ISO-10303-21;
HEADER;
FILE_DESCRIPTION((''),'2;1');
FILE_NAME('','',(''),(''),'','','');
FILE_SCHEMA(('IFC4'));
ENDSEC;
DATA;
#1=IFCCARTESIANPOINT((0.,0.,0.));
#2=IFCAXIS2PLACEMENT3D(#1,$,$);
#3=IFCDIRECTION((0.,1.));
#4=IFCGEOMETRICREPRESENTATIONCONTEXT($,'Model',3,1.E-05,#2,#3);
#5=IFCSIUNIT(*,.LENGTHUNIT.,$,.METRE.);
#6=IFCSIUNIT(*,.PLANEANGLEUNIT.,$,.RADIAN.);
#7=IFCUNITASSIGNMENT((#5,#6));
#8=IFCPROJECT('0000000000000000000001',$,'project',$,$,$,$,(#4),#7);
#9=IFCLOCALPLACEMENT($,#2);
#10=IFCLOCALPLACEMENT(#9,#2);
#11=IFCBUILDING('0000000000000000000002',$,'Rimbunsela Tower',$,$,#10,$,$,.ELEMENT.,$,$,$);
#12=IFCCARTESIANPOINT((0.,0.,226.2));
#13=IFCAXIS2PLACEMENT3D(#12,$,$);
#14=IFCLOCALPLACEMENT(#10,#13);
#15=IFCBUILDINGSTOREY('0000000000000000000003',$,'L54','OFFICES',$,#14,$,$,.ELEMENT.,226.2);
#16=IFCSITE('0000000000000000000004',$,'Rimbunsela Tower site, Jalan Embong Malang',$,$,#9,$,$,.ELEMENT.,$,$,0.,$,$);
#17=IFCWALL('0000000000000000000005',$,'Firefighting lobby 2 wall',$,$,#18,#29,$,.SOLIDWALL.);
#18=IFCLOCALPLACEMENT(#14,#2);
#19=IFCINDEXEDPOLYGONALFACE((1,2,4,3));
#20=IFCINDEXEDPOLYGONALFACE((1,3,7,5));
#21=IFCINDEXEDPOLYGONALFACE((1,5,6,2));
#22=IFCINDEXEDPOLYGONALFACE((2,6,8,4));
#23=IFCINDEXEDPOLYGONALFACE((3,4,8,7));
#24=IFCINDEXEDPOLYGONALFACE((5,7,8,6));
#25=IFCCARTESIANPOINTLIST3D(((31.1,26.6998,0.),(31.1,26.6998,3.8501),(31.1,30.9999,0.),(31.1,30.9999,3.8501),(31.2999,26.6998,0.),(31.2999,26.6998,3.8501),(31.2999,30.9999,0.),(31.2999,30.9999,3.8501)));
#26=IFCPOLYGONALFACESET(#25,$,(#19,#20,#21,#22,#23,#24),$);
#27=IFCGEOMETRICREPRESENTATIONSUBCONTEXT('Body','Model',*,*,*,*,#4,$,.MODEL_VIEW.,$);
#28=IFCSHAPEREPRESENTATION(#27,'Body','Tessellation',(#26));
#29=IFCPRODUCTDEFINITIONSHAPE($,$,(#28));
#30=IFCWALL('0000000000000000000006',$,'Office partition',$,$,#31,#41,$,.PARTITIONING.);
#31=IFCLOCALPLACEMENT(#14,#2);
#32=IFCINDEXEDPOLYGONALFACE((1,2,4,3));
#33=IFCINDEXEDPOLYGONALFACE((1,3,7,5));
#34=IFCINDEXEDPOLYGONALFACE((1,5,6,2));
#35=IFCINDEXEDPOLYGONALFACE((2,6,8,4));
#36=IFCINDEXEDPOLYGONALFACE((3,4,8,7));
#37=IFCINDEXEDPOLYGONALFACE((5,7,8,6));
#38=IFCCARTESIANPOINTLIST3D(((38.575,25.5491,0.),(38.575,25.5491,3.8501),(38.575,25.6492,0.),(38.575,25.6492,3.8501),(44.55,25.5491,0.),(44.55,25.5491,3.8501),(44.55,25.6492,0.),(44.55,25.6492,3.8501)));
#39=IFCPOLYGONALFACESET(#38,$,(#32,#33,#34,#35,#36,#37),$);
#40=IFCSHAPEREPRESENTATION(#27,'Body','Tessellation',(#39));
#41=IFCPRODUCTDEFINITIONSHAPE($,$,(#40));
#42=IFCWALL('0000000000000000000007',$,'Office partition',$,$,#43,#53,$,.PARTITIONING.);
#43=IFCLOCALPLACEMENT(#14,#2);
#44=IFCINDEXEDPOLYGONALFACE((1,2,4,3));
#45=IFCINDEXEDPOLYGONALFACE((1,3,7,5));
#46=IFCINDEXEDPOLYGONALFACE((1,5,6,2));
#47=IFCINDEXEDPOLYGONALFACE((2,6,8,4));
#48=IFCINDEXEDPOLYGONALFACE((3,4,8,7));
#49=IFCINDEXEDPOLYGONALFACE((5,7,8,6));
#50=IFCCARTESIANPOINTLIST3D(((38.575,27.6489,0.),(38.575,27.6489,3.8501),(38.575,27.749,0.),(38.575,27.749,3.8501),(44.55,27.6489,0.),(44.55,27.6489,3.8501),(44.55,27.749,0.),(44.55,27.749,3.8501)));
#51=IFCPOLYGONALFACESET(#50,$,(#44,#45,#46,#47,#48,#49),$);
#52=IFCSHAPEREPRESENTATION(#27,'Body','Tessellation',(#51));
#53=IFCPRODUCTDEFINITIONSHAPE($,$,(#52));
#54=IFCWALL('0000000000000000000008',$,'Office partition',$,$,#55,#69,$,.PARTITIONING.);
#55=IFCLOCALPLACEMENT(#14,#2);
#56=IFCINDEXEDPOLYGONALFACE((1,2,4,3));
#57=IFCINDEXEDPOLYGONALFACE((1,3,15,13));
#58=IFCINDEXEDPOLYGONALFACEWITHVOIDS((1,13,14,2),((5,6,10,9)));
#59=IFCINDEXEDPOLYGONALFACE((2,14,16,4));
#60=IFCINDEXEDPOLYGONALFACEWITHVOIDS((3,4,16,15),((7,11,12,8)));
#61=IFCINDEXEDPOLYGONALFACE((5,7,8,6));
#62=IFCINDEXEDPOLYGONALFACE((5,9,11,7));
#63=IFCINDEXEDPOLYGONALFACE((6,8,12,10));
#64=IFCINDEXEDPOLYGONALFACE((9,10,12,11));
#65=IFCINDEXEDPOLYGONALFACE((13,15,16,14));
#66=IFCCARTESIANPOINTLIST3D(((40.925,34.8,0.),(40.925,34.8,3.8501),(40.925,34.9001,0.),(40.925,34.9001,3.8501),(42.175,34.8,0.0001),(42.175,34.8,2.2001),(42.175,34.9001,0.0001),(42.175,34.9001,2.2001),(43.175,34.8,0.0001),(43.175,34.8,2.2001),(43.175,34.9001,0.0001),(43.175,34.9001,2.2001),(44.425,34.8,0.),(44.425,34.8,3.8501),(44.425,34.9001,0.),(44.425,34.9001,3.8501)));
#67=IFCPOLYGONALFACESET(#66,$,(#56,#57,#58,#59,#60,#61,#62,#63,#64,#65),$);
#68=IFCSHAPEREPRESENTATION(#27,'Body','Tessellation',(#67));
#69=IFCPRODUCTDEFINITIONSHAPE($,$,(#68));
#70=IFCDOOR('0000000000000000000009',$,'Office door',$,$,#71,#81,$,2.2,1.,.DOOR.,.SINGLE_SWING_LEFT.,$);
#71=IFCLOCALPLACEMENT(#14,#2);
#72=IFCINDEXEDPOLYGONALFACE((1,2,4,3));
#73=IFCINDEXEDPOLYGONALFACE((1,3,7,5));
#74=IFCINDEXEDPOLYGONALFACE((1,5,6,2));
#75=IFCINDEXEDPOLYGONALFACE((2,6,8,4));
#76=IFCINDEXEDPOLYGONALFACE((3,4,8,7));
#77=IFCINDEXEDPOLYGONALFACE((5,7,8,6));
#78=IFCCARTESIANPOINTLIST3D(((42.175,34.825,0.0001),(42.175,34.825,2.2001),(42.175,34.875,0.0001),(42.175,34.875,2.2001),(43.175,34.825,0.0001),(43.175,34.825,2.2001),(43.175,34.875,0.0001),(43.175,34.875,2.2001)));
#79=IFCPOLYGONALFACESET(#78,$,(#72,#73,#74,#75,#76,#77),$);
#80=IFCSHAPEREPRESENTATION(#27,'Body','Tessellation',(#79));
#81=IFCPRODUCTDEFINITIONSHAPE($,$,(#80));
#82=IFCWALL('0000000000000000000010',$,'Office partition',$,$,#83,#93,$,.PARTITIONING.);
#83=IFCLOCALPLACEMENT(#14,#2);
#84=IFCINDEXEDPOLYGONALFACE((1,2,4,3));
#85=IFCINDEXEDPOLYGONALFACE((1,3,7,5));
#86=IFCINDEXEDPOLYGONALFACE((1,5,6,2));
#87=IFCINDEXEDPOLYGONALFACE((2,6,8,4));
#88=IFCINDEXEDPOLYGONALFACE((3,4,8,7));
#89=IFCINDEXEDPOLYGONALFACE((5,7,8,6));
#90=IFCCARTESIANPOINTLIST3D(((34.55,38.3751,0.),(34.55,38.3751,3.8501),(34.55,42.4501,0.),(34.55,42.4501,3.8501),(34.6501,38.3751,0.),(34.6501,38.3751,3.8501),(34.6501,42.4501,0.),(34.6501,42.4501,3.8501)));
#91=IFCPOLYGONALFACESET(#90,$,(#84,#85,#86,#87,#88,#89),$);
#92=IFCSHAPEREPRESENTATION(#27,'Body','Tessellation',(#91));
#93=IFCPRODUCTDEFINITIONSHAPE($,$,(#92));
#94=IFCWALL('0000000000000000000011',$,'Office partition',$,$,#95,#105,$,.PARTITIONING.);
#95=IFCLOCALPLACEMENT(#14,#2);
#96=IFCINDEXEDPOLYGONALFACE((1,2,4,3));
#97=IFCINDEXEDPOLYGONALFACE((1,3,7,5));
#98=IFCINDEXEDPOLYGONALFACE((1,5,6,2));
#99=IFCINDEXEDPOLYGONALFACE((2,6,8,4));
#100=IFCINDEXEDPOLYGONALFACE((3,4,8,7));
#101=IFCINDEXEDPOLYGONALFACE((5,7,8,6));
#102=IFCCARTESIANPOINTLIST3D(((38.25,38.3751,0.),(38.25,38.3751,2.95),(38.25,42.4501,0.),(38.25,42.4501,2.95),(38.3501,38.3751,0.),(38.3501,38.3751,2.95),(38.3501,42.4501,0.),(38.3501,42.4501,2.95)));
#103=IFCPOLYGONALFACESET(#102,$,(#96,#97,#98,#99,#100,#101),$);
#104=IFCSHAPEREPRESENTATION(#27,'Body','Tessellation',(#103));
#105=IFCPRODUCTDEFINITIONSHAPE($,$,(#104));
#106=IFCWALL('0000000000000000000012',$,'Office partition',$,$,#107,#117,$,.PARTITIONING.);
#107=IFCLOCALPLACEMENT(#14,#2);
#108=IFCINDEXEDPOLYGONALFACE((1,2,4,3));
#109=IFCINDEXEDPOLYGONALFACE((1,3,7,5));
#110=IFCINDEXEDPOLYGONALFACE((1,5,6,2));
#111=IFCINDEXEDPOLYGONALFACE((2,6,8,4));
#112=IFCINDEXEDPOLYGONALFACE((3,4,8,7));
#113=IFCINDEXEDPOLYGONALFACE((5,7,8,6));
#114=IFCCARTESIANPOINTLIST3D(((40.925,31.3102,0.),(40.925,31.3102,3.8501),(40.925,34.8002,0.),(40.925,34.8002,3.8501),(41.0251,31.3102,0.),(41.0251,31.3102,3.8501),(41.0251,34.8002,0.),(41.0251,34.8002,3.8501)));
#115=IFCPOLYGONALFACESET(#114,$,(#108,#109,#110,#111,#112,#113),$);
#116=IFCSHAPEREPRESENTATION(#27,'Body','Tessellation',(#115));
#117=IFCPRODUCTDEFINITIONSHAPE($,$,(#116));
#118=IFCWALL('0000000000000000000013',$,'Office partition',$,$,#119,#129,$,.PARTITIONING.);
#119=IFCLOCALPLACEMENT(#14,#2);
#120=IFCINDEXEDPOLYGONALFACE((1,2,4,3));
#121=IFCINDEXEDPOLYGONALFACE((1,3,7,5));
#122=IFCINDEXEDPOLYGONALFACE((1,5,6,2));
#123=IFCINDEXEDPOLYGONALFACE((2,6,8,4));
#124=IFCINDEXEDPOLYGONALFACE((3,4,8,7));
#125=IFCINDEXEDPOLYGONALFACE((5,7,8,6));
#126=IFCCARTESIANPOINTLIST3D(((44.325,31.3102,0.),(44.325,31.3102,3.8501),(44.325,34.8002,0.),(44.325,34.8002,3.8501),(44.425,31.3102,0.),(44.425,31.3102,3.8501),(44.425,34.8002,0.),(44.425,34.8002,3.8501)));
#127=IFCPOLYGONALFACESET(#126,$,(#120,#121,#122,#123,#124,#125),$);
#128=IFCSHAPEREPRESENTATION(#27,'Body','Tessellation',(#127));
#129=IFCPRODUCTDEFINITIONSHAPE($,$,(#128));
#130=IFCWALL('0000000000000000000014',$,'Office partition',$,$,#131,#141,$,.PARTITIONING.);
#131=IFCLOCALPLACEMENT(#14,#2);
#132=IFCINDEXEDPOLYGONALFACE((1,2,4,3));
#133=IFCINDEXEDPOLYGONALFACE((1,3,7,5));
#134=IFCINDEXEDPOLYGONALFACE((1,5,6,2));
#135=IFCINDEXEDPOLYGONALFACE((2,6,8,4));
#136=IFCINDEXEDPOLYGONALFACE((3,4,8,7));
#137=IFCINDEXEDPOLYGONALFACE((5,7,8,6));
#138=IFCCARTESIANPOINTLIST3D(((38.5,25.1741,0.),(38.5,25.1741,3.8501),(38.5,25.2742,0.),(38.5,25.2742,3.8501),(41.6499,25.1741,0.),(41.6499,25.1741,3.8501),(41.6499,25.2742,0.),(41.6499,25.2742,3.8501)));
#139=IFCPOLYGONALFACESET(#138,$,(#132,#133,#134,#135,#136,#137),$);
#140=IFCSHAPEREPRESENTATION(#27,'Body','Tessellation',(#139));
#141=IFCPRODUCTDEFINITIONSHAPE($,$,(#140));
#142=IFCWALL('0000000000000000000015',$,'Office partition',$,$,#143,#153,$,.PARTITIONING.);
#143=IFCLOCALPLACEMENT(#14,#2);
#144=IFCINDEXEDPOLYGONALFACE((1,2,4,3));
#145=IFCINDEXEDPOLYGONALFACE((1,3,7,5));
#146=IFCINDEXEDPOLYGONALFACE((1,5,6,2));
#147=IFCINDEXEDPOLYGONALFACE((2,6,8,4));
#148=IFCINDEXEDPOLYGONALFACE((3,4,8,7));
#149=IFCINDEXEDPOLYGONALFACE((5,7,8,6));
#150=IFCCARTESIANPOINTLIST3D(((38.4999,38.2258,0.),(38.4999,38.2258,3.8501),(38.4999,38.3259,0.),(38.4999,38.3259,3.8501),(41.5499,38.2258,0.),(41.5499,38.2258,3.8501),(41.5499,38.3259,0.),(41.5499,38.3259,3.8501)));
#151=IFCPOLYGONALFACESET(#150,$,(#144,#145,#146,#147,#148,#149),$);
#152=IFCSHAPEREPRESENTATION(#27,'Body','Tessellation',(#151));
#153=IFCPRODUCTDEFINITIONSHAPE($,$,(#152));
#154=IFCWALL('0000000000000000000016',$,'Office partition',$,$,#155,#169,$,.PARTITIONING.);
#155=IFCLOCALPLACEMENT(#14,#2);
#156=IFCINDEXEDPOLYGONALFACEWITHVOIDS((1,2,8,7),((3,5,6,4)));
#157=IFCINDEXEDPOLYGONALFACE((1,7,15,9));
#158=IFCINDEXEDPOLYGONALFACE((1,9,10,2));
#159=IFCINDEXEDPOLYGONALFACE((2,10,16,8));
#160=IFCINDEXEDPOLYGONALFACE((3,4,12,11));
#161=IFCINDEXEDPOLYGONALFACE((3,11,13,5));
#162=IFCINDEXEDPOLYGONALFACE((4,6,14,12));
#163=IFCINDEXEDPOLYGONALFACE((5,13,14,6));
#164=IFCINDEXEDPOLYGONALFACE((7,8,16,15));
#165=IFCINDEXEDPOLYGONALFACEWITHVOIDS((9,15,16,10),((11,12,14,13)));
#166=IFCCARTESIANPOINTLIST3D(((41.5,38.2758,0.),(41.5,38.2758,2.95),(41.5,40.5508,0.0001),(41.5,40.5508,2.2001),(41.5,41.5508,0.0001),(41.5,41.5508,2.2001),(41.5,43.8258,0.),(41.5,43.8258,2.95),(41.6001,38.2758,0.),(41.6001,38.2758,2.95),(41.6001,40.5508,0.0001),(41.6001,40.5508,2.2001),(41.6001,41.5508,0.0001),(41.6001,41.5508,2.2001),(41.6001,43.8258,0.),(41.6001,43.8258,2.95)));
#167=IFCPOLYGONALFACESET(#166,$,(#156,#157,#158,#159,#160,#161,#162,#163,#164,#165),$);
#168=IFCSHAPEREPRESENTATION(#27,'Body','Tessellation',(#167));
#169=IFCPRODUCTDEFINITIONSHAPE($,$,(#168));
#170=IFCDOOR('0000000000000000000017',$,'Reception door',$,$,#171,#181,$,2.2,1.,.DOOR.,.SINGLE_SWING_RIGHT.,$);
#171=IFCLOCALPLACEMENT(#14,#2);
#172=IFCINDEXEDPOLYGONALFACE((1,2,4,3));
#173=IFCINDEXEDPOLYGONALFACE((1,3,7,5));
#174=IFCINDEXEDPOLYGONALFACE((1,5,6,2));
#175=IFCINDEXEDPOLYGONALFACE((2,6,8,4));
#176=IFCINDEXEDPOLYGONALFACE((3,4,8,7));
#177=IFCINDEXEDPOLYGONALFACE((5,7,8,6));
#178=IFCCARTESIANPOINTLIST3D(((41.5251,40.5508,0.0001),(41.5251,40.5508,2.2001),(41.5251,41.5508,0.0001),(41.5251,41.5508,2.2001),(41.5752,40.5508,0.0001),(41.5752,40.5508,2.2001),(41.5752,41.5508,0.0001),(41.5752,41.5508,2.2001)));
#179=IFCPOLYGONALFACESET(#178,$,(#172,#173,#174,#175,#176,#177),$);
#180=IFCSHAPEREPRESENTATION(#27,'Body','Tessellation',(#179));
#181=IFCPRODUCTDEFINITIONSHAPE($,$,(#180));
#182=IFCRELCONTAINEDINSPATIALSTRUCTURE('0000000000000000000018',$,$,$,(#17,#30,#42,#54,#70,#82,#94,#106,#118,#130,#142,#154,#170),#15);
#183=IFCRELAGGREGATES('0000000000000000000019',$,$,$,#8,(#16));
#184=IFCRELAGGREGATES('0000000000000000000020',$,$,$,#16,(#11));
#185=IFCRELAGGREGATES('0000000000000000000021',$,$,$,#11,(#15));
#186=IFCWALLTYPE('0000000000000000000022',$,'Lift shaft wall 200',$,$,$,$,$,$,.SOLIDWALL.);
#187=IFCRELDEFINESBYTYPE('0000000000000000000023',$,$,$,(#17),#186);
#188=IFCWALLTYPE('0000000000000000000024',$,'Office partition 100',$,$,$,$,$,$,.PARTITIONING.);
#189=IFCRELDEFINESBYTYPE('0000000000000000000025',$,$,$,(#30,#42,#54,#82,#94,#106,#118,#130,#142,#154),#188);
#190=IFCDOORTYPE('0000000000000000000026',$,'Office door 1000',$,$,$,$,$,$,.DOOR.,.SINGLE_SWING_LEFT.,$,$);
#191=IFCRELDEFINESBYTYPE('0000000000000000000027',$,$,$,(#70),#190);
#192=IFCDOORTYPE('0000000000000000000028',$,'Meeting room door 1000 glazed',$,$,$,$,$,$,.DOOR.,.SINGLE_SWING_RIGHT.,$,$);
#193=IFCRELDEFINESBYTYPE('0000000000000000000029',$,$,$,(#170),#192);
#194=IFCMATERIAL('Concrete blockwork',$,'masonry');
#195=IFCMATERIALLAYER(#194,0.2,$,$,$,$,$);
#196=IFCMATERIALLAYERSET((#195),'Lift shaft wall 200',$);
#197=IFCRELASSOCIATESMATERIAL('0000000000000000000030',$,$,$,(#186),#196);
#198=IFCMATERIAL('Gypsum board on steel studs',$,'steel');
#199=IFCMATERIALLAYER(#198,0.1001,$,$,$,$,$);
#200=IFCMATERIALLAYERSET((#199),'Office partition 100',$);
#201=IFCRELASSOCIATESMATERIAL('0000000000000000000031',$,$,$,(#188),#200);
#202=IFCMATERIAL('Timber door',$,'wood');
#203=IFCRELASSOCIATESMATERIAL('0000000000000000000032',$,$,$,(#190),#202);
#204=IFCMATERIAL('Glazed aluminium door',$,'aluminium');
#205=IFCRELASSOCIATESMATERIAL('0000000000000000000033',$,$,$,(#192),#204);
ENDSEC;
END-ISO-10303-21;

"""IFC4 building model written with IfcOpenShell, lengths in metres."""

from ifc_helpers import new_model, si_unit, direction, frame, frame_2d, origin, place, context, subcontext, project, spatial, rectangle, extrude, material, layer, layer_set, type_object, element, fill, save


model = new_model("IFC4")

# Units and contexts
model_context = context("Model", 3, precision=1e-05, world=origin(), true_north=direction((0.0, 1.0)))
body_context = subcontext(model_context, "Body", "Model", "MODEL_VIEW")
ifc_project = project(units=[si_unit("LENGTHUNIT", "METRE"), si_unit("PLANEANGLEUNIT", "RADIAN")], contexts=[model_context])

# Site, building, storey
site_placement = place(None, origin())
site = spatial("IfcSite", under=ifc_project, at=site_placement, Name="Rimbunsela Tower site, Jalan Embong Malang", CompositionType="ELEMENT", RefElevation=0.0)
building_placement = place(site_placement, origin())
building = spatial("IfcBuilding", under=site, at=building_placement, Name="Rimbunsela Tower", CompositionType="ELEMENT")
storey_placement = place(building_placement, frame((0.0, 0.0, 226.2)))
storey = spatial("IfcBuildingStorey", under=building, at=storey_placement, Name="L54", Description="OFFICES", CompositionType="ELEMENT", Elevation=226.2)

# Walls
ifc_material_1 = material(Name="Concrete blockwork", Category="masonry")
ifc_layer_1 = layer(ifc_material_1, 0.2)
ifc_layer_set_1 = layer_set([ifc_layer_1], Name="Lift shaft wall 200")
wall_type_1 = type_object("IfcWallType", Name="Lift shaft wall 200", PredefinedType="SOLIDWALL", material=ifc_layer_set_1)
wall_1_placement = place(storey_placement, frame((31.2, 26.7, 0.0), z_axis=(0.0, 0.0, 1.0), x_axis=(0.0, 1.0, 0.0)))
element("IfcWall", 1, at=wall_1_placement, inside=storey, type_object=wall_type_1, Name="Firefighting lobby 2 wall", PredefinedType="SOLIDWALL", context=body_context, shape_type="SweptSolid", body=[
    extrude(rectangle(XDim=4.3, YDim=0.2, at=frame_2d((2.1499, 0.0))), origin(), (0.0, 0.0, 1.0), 3.8501),
])
ifc_material_2 = material(Name="Gypsum board on steel studs", Category="steel")
ifc_layer_2 = layer(ifc_material_2, 0.1001)
ifc_layer_set_2 = layer_set([ifc_layer_2], Name="Office partition 100")
wall_type_2 = type_object("IfcWallType", Name="Office partition 100", PredefinedType="PARTITIONING", material=ifc_layer_set_2)
for number, where, z_axis, x_axis, name in (
    (2, (38.575, 25.5991, 0.0), (0.0, 0.0, 1.0), (1.0, 0.0, 0.0), "Office partition"),
    (3, (38.575, 27.699, 0.0), (0.0, 0.0, 1.0), (1.0, 0.0, 0.0), "Office partition"),
):
    element("IfcWall", number, at=place(storey_placement, frame(where, z_axis=z_axis, x_axis=x_axis)), inside=storey, type_object=wall_type_2, Name=name, PredefinedType="PARTITIONING", context=body_context, shape_type="SweptSolid", body=[
        extrude(rectangle(XDim=5.9751, YDim=0.1001, at=frame_2d((2.9875, 0.0))), origin(), (0.0, 0.0, 1.0), 3.8501),
    ])

# Wall, opening, door
wall_2_placement = place(storey_placement, frame((40.925, 34.8501, 0.0), z_axis=(0.0, 0.0, 1.0), x_axis=(1.0, 0.0, 0.0)))
wall_2 = element("IfcWall", 4, at=wall_2_placement, inside=storey, type_object=wall_type_2, Name="Office partition", PredefinedType="PARTITIONING", context=body_context, shape_type="SweptSolid", body=[
    extrude(rectangle(XDim=3.5, YDim=0.1001, at=frame_2d((1.75, 0.0))), origin(), (0.0, 0.0, 1.0), 3.8501),
])
opening_1_placement = place(wall_2_placement, frame((1.25, 0.0, 0.0)))
opening_1 = element("IfcOpeningElement", 5, at=opening_1_placement, cuts=wall_2, PredefinedType="OPENING", context=body_context, shape_type="SweptSolid", body=[
    extrude(rectangle(XDim=1.0, YDim=2.2, at=frame_2d((0.5, 1.1001))), frame((0.0, 0.0601, 0.0), z_axis=(0.0, -1.0, 0.0), x_axis=(1.0, 0.0, 0.0)), (0.0, 0.0, 1.0), 0.1201),
])
ifc_material_3 = material(Name="Timber door", Category="wood")
door_type_1 = type_object("IfcDoorType", Name="Office door 1000", OperationType="SINGLE_SWING_LEFT", PredefinedType="DOOR", material=ifc_material_3)
door_1_placement = place(opening_1_placement, origin())
door_1 = element("IfcDoor", 6, at=door_1_placement, inside=storey, type_object=door_type_1, Name="Office door", OperationType="SINGLE_SWING_LEFT", OverallHeight=2.2, OverallWidth=1.0, PredefinedType="DOOR", context=body_context, shape_type="SweptSolid", body=[
    extrude(rectangle(XDim=1.0, YDim=2.2, at=frame_2d((0.5, 1.1001))), frame((0.0, 0.0249, 0.0), z_axis=(0.0, -1.0, 0.0), x_axis=(1.0, 0.0, 0.0)), (0.0, 0.0, 1.0), 0.05),
])
fill(opening_1, door_1)

# Walls
wall_3_placement = place(storey_placement, frame((34.6001, 38.375, 0.0), z_axis=(0.0, 0.0, 1.0), x_axis=(0.0, 1.0, 0.0)))
element("IfcWall", 7, at=wall_3_placement, inside=storey, type_object=wall_type_2, Name="Office partition", PredefinedType="PARTITIONING", context=body_context, shape_type="SweptSolid", body=[
    extrude(rectangle(XDim=4.075, YDim=0.1001, at=frame_2d((2.0376, 0.0))), origin(), (0.0, 0.0, 1.0), 3.8501),
])
wall_4_placement = place(storey_placement, frame((38.3, 38.375, 0.0), z_axis=(0.0, 0.0, 1.0), x_axis=(0.0, 1.0, 0.0)))
element("IfcWall", 8, at=wall_4_placement, inside=storey, type_object=wall_type_2, Name="Office partition", PredefinedType="PARTITIONING", context=body_context, shape_type="SweptSolid", body=[
    extrude(rectangle(XDim=4.075, YDim=0.1001, at=frame_2d((2.0376, 0.0))), origin(), (0.0, 0.0, 1.0), 2.95),
])
for number, where, z_axis, x_axis, name in (
    (9, (40.9751, 31.3101, 0.0), (0.0, 0.0, 1.0), (0.0, 1.0, 0.0), "Office partition"),
    (10, (44.375, 31.3101, 0.0), (0.0, 0.0, 1.0), (0.0, 1.0, 0.0), "Office partition"),
):
    element("IfcWall", number, at=place(storey_placement, frame(where, z_axis=z_axis, x_axis=x_axis)), inside=storey, type_object=wall_type_2, Name=name, PredefinedType="PARTITIONING", context=body_context, shape_type="SweptSolid", body=[
        extrude(rectangle(XDim=3.49, YDim=0.1001, at=frame_2d((1.7451, 0.0))), origin(), (0.0, 0.0, 1.0), 3.8501),
    ])
wall_5_placement = place(storey_placement, frame((41.6499, 25.2241, 0.0), z_axis=(0.0, 0.0, 1.0), x_axis=(-1.0, 0.0, 0.0)))
element("IfcWall", 11, at=wall_5_placement, inside=storey, type_object=wall_type_2, Name="Office partition", PredefinedType="PARTITIONING", context=body_context, shape_type="SweptSolid", body=[
    extrude(rectangle(XDim=3.1499, YDim=0.1001, at=frame_2d((1.575, 0.0))), origin(), (0.0, 0.0, 1.0), 3.8501),
])
wall_6_placement = place(storey_placement, frame((38.5, 38.2759, 0.0), z_axis=(0.0, 0.0, 1.0), x_axis=(1.0, 0.0, 0.0)))
element("IfcWall", 12, at=wall_6_placement, inside=storey, type_object=wall_type_2, Name="Office partition", PredefinedType="PARTITIONING", context=body_context, shape_type="SweptSolid", body=[
    extrude(rectangle(XDim=3.05, YDim=0.1001, at=frame_2d((1.5249, 0.0))), origin(), (0.0, 0.0, 1.0), 3.8501),
])

# Wall, opening, door
wall_7_placement = place(storey_placement, frame((41.55, 38.2759, 0.0), z_axis=(0.0, 0.0, 1.0), x_axis=(0.0, 1.0, 0.0)))
wall_7 = element("IfcWall", 13, at=wall_7_placement, inside=storey, type_object=wall_type_2, Name="Office partition", PredefinedType="PARTITIONING", context=body_context, shape_type="SweptSolid", body=[
    extrude(rectangle(XDim=5.55, YDim=0.1001, at=frame_2d((2.7749, 0.0))), origin(), (0.0, 0.0, 1.0), 2.95),
])
opening_2_placement = place(wall_7_placement, frame((2.2749, 0.0, 0.0)))
opening_2 = element("IfcOpeningElement", 14, at=opening_2_placement, cuts=wall_7, PredefinedType="OPENING", context=body_context, shape_type="SweptSolid", body=[
    extrude(rectangle(XDim=1.0, YDim=2.2, at=frame_2d((0.5, 1.1001))), frame((0.0, 0.0601, 0.0), z_axis=(0.0, -1.0, 0.0), x_axis=(1.0, 0.0, 0.0)), (0.0, 0.0, 1.0), 0.1201),
])
ifc_material_4 = material(Name="Glazed aluminium door", Category="aluminium")
door_type_2 = type_object("IfcDoorType", Name="Meeting room door 1000 glazed", OperationType="SINGLE_SWING_RIGHT", PredefinedType="DOOR", material=ifc_material_4)
door_2_placement = place(opening_2_placement, origin())
door_2 = element("IfcDoor", 15, at=door_2_placement, inside=storey, type_object=door_type_2, Name="Reception door", OperationType="SINGLE_SWING_RIGHT", OverallHeight=2.2, OverallWidth=1.0, PredefinedType="DOOR", context=body_context, shape_type="SweptSolid", body=[
    extrude(rectangle(XDim=1.0, YDim=2.2, at=frame_2d((0.5, 1.1001))), frame((0.0, 0.0249, 0.0), z_axis=(0.0, -1.0, 0.0), x_axis=(1.0, 0.0, 0.0)), (0.0, 0.0, 1.0), 0.05),
])
fill(opening_2, door_2)

save(model, "model.ifc")
